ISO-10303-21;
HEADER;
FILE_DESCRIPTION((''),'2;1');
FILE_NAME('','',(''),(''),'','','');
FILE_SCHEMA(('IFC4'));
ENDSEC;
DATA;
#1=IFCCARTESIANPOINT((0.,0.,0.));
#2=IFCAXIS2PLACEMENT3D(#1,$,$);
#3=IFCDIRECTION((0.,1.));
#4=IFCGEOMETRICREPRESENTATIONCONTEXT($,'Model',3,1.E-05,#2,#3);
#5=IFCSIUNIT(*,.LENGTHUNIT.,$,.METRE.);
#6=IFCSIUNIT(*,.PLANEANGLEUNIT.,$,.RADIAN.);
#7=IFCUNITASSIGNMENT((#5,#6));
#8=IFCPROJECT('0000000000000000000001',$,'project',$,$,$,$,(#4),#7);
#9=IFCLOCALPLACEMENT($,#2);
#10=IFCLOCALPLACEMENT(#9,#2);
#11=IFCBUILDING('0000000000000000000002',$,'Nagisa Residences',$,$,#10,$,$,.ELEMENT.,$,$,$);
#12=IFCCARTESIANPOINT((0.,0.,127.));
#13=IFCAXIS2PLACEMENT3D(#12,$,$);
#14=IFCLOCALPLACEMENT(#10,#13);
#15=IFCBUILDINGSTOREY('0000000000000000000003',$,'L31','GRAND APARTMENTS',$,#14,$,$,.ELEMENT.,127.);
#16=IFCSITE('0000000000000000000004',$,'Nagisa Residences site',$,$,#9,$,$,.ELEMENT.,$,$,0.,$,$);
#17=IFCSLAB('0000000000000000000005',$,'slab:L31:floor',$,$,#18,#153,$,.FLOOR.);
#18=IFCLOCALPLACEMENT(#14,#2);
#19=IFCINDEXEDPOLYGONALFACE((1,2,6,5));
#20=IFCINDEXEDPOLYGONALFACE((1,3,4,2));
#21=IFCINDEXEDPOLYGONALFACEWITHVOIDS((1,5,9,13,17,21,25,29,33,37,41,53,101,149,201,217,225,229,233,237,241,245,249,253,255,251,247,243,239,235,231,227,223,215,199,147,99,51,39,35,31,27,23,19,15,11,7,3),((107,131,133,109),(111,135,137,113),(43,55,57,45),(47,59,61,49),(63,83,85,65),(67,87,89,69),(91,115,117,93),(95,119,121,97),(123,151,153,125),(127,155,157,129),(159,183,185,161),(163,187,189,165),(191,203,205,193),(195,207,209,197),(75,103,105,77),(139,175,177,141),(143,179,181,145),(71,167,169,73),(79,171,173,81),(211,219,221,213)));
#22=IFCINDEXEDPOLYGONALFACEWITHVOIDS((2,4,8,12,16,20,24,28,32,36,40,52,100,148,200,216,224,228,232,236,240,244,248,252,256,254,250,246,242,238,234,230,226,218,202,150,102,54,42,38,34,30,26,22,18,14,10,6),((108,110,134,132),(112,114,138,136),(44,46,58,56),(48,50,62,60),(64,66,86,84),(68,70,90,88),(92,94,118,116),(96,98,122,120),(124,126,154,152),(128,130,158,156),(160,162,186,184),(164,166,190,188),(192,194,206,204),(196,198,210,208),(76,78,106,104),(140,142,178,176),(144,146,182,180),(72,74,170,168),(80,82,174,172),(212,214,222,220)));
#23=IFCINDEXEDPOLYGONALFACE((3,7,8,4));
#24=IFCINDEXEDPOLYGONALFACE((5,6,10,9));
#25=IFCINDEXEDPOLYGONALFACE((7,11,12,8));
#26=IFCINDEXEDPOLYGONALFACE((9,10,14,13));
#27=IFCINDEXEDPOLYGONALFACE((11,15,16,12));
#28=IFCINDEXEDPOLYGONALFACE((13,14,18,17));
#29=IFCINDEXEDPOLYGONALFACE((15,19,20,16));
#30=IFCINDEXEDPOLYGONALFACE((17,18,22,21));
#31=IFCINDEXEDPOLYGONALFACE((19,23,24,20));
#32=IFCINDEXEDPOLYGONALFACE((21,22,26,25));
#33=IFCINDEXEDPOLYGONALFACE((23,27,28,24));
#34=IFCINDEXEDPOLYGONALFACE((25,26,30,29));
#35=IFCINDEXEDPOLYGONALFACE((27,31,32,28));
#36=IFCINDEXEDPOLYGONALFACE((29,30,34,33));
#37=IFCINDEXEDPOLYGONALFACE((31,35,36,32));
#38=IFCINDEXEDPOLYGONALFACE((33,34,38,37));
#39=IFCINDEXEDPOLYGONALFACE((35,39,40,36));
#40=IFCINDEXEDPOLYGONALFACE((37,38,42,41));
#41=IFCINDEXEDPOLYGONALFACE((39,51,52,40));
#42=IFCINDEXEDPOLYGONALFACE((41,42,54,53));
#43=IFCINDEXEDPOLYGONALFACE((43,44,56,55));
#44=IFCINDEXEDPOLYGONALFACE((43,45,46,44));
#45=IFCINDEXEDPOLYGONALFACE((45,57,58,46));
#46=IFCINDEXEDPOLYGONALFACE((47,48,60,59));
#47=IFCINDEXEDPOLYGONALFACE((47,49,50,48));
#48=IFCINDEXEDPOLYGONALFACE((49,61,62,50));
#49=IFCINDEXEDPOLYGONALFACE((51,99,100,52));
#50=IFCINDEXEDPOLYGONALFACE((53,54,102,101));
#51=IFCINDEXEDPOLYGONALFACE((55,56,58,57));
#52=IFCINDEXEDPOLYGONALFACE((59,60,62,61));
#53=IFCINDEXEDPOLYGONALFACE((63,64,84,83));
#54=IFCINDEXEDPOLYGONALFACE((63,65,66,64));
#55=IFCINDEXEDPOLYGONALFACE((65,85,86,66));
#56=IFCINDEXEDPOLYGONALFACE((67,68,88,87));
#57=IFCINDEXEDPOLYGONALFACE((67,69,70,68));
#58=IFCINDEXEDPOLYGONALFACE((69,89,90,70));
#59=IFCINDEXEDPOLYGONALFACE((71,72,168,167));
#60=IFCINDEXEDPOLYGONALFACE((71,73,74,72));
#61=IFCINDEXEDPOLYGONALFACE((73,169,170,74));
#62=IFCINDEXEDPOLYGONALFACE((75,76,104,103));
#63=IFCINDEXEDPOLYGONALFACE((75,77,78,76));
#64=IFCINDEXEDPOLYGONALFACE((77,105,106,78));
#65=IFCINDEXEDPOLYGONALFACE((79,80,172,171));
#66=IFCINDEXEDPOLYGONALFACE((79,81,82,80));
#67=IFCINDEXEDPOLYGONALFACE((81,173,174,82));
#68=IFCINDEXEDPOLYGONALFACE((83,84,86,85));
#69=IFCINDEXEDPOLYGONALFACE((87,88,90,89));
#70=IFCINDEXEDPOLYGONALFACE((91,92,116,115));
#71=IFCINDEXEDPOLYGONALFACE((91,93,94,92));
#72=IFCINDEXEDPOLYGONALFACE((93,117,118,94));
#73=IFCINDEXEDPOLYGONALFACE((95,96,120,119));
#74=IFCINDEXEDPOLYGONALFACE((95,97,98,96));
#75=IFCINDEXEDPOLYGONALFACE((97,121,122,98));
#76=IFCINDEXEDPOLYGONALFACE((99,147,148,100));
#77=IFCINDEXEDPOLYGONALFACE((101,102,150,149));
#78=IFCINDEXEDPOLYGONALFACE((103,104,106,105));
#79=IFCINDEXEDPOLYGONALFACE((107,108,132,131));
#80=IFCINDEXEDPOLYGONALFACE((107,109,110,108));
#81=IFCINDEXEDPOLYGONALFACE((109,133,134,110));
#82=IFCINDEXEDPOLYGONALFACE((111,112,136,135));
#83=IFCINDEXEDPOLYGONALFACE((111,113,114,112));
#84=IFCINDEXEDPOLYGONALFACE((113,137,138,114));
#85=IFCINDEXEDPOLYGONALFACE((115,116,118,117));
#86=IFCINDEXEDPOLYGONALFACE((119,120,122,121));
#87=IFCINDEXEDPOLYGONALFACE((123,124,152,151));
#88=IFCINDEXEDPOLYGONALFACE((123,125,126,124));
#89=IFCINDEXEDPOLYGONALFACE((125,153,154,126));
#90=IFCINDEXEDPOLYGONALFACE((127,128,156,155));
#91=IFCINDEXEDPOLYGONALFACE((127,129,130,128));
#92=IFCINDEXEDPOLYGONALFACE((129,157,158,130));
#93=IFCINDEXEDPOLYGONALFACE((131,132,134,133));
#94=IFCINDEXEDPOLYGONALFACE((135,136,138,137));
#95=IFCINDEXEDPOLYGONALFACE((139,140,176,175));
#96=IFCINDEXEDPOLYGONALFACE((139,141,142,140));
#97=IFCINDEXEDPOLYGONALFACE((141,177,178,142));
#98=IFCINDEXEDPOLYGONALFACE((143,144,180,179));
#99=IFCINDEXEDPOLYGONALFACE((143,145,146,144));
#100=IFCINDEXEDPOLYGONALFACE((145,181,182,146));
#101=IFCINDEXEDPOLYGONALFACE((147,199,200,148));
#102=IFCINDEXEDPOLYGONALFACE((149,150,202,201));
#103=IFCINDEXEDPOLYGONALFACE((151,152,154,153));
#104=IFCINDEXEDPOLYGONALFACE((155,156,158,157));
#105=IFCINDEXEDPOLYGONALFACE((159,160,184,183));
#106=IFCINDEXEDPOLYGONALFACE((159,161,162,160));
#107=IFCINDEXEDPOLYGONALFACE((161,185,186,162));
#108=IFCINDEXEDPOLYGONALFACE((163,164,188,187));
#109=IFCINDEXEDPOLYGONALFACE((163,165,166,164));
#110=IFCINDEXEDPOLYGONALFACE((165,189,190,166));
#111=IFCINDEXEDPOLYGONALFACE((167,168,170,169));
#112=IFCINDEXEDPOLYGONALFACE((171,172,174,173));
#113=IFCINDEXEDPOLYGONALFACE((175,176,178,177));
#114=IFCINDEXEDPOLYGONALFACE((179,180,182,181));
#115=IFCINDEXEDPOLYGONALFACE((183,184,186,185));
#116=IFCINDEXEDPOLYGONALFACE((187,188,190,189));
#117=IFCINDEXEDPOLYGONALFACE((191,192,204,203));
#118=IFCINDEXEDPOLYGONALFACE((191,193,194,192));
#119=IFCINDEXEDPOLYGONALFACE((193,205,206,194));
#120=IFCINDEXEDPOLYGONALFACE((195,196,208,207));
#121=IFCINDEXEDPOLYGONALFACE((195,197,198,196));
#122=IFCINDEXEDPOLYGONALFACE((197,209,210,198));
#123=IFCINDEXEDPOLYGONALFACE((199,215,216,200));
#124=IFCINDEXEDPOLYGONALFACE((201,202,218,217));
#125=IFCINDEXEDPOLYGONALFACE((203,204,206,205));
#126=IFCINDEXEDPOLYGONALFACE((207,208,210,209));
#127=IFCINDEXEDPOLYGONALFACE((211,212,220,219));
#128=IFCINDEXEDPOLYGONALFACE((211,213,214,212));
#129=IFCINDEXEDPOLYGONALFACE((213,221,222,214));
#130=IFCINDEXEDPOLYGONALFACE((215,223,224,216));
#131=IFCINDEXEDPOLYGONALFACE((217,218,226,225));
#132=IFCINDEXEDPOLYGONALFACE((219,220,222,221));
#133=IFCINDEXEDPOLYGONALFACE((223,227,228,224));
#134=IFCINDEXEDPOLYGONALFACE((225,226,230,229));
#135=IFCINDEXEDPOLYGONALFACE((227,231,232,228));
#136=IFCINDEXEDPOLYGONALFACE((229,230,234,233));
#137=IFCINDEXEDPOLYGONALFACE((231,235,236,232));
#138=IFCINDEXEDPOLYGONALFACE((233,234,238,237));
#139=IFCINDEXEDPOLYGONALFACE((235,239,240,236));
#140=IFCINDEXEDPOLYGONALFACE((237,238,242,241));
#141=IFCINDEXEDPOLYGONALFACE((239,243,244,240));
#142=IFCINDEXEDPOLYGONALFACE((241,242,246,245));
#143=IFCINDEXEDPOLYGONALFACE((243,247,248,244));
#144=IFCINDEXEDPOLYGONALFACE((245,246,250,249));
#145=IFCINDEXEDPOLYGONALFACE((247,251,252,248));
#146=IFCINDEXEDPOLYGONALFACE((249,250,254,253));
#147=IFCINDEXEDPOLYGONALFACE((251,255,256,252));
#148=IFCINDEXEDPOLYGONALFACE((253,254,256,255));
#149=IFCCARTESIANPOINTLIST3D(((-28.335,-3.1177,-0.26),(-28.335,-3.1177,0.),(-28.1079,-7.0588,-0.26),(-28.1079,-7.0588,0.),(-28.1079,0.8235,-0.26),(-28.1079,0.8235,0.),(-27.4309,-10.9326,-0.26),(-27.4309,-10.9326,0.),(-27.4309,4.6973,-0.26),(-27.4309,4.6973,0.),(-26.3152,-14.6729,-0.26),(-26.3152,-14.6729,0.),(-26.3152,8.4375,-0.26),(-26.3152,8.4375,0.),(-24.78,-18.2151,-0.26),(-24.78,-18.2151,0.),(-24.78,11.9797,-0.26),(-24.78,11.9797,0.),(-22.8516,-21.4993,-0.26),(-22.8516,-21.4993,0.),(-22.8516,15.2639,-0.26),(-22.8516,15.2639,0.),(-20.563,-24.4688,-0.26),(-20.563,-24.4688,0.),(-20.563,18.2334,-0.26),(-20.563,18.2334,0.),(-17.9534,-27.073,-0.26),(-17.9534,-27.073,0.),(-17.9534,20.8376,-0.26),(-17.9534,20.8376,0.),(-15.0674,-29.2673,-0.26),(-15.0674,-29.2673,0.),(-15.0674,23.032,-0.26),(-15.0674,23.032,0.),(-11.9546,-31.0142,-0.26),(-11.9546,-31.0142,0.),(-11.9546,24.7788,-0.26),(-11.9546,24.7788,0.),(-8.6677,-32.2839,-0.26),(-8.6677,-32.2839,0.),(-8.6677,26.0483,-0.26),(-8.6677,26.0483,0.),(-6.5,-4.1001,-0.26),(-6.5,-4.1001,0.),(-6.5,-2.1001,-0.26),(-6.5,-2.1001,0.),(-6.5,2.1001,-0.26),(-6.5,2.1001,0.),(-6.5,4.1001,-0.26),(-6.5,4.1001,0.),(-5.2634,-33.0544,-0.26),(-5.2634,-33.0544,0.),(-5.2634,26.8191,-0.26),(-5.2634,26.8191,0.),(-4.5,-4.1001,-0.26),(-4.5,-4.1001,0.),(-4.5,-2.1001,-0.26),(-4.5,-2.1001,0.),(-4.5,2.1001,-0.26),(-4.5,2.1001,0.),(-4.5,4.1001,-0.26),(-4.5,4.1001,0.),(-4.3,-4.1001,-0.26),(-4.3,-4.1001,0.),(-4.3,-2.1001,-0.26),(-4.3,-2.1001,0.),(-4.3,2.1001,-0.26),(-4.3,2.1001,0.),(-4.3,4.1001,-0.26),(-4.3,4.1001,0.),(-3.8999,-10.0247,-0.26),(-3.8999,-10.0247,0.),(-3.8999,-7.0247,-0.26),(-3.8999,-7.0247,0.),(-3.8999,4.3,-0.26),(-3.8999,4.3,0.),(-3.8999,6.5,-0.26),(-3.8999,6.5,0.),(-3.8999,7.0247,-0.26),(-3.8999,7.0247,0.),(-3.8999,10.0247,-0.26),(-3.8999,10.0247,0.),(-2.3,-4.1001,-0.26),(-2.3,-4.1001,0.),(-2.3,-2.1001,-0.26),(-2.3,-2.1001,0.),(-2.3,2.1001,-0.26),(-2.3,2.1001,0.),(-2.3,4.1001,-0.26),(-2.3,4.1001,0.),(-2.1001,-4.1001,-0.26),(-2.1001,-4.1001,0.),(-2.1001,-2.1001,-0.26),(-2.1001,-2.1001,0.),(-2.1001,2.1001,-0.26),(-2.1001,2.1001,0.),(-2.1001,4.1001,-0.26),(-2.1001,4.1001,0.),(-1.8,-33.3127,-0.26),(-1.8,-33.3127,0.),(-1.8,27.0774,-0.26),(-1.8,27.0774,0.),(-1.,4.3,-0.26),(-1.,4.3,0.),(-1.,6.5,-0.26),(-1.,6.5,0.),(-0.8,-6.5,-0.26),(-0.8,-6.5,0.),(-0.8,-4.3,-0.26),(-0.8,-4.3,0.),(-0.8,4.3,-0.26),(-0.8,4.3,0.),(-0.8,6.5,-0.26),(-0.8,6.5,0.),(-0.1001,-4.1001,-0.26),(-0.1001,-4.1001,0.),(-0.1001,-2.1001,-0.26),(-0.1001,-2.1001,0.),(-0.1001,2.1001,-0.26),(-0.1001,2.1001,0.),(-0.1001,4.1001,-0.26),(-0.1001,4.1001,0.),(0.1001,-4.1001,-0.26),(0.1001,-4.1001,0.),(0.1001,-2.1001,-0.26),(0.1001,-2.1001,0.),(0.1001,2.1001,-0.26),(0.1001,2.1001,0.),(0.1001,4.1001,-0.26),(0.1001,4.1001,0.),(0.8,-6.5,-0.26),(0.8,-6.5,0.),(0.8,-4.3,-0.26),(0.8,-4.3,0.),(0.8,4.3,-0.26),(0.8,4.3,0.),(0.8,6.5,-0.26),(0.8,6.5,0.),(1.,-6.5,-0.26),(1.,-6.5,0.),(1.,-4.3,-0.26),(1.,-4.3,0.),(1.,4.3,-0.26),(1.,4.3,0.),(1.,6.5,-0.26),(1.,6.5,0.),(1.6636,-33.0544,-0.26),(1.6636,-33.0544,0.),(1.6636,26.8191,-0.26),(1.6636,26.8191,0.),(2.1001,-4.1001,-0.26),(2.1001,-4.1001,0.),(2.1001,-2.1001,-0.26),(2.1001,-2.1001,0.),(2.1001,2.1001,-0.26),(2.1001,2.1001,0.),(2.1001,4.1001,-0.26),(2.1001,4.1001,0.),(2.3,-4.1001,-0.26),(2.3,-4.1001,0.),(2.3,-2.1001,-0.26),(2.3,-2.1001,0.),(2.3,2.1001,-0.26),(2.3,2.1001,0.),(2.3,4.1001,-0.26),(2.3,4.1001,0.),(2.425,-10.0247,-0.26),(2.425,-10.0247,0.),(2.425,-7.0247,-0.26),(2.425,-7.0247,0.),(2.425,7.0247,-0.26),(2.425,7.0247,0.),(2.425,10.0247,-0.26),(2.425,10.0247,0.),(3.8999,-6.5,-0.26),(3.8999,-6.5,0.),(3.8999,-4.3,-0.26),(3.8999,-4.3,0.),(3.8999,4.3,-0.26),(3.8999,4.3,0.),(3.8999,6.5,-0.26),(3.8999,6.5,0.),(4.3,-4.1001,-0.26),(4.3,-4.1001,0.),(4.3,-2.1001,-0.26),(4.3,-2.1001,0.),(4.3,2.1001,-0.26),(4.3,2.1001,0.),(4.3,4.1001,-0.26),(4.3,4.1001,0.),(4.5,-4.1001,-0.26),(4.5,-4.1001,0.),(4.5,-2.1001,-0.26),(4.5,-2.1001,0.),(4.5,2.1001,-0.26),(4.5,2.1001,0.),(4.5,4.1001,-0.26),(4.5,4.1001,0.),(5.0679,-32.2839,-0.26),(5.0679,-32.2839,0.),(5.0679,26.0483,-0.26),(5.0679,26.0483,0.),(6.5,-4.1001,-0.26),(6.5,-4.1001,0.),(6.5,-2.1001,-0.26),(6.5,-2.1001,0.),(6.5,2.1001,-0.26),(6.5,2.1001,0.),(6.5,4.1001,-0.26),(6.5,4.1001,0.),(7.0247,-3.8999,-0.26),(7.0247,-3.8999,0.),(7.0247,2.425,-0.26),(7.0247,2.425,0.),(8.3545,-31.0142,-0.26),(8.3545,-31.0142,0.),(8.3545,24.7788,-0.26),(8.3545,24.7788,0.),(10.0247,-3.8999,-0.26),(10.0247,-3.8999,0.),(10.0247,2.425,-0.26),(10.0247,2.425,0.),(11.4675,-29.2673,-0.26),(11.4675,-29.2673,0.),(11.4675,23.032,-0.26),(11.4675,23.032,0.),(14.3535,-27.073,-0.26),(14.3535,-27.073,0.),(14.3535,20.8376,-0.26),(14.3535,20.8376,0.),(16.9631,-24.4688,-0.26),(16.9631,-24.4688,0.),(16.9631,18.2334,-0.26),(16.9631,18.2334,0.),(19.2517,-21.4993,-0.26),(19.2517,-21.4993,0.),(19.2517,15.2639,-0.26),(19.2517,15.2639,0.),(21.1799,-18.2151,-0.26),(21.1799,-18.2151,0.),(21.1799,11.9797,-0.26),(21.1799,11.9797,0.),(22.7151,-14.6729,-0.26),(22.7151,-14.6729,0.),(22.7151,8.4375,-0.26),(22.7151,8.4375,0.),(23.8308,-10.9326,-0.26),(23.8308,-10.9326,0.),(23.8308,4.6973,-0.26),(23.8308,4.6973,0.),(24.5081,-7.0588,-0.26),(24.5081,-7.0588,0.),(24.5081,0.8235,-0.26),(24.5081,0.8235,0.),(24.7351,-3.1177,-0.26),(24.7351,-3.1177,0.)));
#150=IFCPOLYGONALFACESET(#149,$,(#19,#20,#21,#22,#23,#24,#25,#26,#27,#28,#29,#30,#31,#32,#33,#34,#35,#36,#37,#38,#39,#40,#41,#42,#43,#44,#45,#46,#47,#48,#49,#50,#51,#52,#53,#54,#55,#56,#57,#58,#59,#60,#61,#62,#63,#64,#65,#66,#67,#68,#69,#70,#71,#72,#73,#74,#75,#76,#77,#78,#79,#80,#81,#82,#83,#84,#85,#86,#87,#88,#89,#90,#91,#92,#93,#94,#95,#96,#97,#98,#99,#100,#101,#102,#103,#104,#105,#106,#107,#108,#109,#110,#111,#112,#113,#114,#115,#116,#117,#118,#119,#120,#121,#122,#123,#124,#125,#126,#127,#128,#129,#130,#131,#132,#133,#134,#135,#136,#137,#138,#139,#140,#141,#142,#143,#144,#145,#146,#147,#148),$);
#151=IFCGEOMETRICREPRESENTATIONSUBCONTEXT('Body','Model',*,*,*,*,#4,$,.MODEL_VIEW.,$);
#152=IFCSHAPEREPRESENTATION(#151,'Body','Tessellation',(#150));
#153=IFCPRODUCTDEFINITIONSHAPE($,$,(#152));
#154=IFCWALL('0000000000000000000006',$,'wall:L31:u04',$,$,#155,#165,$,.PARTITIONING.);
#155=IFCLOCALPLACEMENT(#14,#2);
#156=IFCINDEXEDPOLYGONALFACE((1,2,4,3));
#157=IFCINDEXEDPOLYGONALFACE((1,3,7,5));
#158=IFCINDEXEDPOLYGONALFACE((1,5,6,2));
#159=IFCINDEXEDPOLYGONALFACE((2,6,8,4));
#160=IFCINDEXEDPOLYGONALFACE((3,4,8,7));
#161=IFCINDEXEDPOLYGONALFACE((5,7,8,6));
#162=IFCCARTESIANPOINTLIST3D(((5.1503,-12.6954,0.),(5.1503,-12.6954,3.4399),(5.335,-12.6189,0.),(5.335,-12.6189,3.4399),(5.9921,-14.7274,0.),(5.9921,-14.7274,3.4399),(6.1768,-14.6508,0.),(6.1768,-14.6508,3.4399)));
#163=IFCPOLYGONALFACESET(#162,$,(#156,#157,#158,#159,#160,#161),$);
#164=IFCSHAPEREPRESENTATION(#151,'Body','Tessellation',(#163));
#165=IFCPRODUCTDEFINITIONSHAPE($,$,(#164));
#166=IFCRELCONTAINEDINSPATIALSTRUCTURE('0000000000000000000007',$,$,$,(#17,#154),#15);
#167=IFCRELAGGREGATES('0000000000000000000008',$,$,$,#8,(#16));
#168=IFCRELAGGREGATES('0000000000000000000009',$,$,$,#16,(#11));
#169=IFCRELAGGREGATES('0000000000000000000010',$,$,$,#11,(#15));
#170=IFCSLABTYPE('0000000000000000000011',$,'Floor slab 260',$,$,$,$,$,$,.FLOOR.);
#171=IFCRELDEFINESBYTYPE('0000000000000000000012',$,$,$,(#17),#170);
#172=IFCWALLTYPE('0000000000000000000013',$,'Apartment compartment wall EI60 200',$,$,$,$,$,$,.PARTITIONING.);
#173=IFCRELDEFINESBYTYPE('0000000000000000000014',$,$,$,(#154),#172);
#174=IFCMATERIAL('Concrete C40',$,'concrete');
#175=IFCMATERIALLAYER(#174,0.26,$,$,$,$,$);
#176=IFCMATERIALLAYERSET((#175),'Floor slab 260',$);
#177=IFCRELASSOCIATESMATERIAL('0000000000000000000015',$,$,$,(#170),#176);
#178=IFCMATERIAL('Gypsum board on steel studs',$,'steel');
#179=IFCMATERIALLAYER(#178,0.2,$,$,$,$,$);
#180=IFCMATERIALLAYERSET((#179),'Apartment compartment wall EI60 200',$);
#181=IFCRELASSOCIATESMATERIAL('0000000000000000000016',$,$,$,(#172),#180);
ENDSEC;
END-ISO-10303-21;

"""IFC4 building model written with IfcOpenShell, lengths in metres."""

from ifc_helpers import new_model, si_unit, direction, frame, frame_2d, origin, place, context, subcontext, project, spatial, polyline, rectangle, outline, extrude, material, layer, layer_set, type_object, element, save


model = new_model("IFC4")

# Units and contexts
model_context = context("Model", 3, precision=1e-05, world=origin(), true_north=direction((0.0, 1.0)))
body_context = subcontext(model_context, "Body", "Model", "MODEL_VIEW")
ifc_project = project(units=[si_unit("LENGTHUNIT", "METRE"), si_unit("PLANEANGLEUNIT", "RADIAN")], contexts=[model_context])

# Site, building, storey
site_placement = place(None, origin())
site = spatial("IfcSite", under=ifc_project, at=site_placement, Name="Nagisa Residences site", CompositionType="ELEMENT", RefElevation=0.0)
building_placement = place(site_placement, origin())
building = spatial("IfcBuilding", under=site, at=building_placement, Name="Nagisa Residences", CompositionType="ELEMENT")
storey_placement = place(building_placement, frame((0.0, 0.0, 127.0)))
storey = spatial("IfcBuildingStorey", under=building, at=storey_placement, Name="L31", Description="GRAND APARTMENTS", CompositionType="ELEMENT", Elevation=127.0)

# Slab
ifc_material_1 = material(Name="Concrete C40", Category="concrete")
ifc_layer_1 = layer(ifc_material_1, 0.26)
ifc_layer_set_1 = layer_set([ifc_layer_1], Name="Floor slab 260")
slab_type_1 = type_object("IfcSlabType", Name="Floor slab 260", PredefinedType="FLOOR", material=ifc_layer_set_1)
slab_1_placement = place(storey_placement, frame((0.0, 0.0, -0.26)))
element("IfcSlab", 1, at=slab_1_placement, inside=storey, type_object=slab_type_1, Name="slab:L31:floor", PredefinedType="FLOOR", context=body_context, shape_type="SweptSolid", body=[
    extrude(outline(polyline([(24.7351, -3.1177), (24.5081, 0.8235), (23.8308, 4.6973), (22.7151, 8.4375), (21.1799, 11.9797), (19.2517, 15.2639), (16.9631, 18.2334), (14.3535, 20.8376), (11.4675, 23.032), (8.3545, 24.7788), (5.0679, 26.0483), (1.6636, 26.8191), (-1.8, 27.0774), (-5.2634, 26.8191), (-8.6677, 26.0483), (-11.9546, 24.7788), (-15.0674, 23.032), (-17.9534, 20.8376), (-20.563, 18.2334), (-22.8516, 15.2639), (-24.78, 11.9797), (-26.3152, 8.4375), (-27.4309, 4.6973), (-28.1079, 0.8235), (-28.335, -3.1177), (-28.1079, -7.0588), (-27.4309, -10.9326), (-26.3152, -14.6729), (-24.78, -18.2151), (-22.8516, -21.4993), (-20.563, -24.4688), (-17.9534, -27.073), (-15.0674, -29.2673), (-11.9546, -31.0142), (-8.6677, -32.2839), (-5.2634, -33.0544), (-1.8, -33.3127), (1.6636, -33.0544), (5.0679, -32.2839), (8.3545, -31.0142), (11.4675, -29.2673), (14.3535, -27.073), (16.9631, -24.4688), (19.2517, -21.4993), (21.1799, -18.2151), (22.7151, -14.6729), (23.8308, -10.9326), (24.5081, -7.0588), (24.7351, -3.1177)]), holes=[polyline([(-4.5, 2.1001), (-4.5, 4.1001), (-6.5, 4.1001), (-6.5, 2.1001), (-4.5, 2.1001)]), polyline([(-2.3, 2.1001), (-2.3, 4.1001), (-4.3, 4.1001), (-4.3, 2.1001), (-2.3, 2.1001)]), polyline([(-0.1001, 2.1001), (-0.1001, 4.1001), (-2.1001, 4.1001), (-2.1001, 2.1001), (-0.1001, 2.1001)]), polyline([(2.1001, 2.1001), (2.1001, 4.1001), (0.1001, 4.1001), (0.1001, 2.1001), (2.1001, 2.1001)]), polyline([(4.3, 2.1001), (4.3, 4.1001), (2.3, 4.1001), (2.3, 2.1001), (4.3, 2.1001)]), polyline([(6.5, 2.1001), (6.5, 4.1001), (4.5, 4.1001), (4.5, 2.1001), (6.5, 2.1001)]), polyline([(-4.5, -4.1001), (-4.5, -2.1001), (-6.5, -2.1001), (-6.5, -4.1001), (-4.5, -4.1001)]), polyline([(-2.3, -4.1001), (-2.3, -2.1001), (-4.3, -2.1001), (-4.3, -4.1001), (-2.3, -4.1001)]), polyline([(-0.1001, -4.1001), (-0.1001, -2.1001), (-2.1001, -2.1001), (-2.1001, -4.1001), (-0.1001, -4.1001)]), polyline([(2.1001, -4.1001), (2.1001, -2.1001), (0.1001, -2.1001), (0.1001, -4.1001), (2.1001, -4.1001)]), polyline([(4.3, -4.1001), (4.3, -2.1001), (2.3, -2.1001), (2.3, -4.1001), (4.3, -4.1001)]), polyline([(6.5, -4.1001), (6.5, -2.1001), (4.5, -2.1001), (4.5, -4.1001), (6.5, -4.1001)]), polyline([(3.8999, 4.3), (3.8999, 6.5), (1.0, 6.5), (1.0, 4.3), (3.8999, 4.3)]), polyline([(3.8999, -6.5), (3.8999, -4.3), (1.0, -4.3), (1.0, -6.5), (3.8999, -6.5)]), polyline([(-1.0, 4.3), (-1.0, 6.5), (-3.8999, 6.5), (-3.8999, 4.3), (-1.0, 4.3)]), polyline([(0.8, 4.3), (0.8, 6.5), (-0.8, 6.5), (-0.8, 4.3), (0.8, 4.3)]), polyline([(0.8, -6.5), (0.8, -4.3), (-0.8, -4.3), (-0.8, -6.5), (0.8, -6.5)]), polyline([(10.0247, -3.8999), (7.0247, -3.8999), (7.0247, 2.425), (10.0247, 2.425), (10.0247, -3.8999)]), polyline([(-3.8999, 7.0247), (-3.8999, 10.0247), (2.425, 10.0247), (2.425, 7.0247), (-3.8999, 7.0247)]), polyline([(-3.8999, -10.0247), (-3.8999, -7.0247), (2.425, -7.0247), (2.425, -10.0247), (-3.8999, -10.0247)])]), origin(), (0.0, 0.0, 1.0), 0.26),
])

# Wall
ifc_material_2 = material(Name="Gypsum board on steel studs", Category="steel")
ifc_layer_2 = layer(ifc_material_2, 0.2)
ifc_layer_set_2 = layer_set([ifc_layer_2], Name="Apartment compartment wall EI60 200")
wall_type_1 = type_object("IfcWallType", Name="Apartment compartment wall EI60 200", PredefinedType="PARTITIONING", material=ifc_layer_set_2)
wall_1_placement = place(storey_placement, frame((5.2427, -12.6572, 0.0), z_axis=(0.0, 0.0, 1.0), x_axis=(0.382731, -0.92386, 0.0)))
element("IfcWall", 2, at=wall_1_placement, inside=storey, type_object=wall_type_1, Name="wall:L31:u04", PredefinedType="PARTITIONING", context=body_context, shape_type="SweptSolid", body=[
    extrude(rectangle(XDim=2.1995, YDim=0.2, at=frame_2d((1.0996, 0.0))), origin(), (0.0, 0.0, 1.0), 3.4399),
])

save(model, "model.ifc")
